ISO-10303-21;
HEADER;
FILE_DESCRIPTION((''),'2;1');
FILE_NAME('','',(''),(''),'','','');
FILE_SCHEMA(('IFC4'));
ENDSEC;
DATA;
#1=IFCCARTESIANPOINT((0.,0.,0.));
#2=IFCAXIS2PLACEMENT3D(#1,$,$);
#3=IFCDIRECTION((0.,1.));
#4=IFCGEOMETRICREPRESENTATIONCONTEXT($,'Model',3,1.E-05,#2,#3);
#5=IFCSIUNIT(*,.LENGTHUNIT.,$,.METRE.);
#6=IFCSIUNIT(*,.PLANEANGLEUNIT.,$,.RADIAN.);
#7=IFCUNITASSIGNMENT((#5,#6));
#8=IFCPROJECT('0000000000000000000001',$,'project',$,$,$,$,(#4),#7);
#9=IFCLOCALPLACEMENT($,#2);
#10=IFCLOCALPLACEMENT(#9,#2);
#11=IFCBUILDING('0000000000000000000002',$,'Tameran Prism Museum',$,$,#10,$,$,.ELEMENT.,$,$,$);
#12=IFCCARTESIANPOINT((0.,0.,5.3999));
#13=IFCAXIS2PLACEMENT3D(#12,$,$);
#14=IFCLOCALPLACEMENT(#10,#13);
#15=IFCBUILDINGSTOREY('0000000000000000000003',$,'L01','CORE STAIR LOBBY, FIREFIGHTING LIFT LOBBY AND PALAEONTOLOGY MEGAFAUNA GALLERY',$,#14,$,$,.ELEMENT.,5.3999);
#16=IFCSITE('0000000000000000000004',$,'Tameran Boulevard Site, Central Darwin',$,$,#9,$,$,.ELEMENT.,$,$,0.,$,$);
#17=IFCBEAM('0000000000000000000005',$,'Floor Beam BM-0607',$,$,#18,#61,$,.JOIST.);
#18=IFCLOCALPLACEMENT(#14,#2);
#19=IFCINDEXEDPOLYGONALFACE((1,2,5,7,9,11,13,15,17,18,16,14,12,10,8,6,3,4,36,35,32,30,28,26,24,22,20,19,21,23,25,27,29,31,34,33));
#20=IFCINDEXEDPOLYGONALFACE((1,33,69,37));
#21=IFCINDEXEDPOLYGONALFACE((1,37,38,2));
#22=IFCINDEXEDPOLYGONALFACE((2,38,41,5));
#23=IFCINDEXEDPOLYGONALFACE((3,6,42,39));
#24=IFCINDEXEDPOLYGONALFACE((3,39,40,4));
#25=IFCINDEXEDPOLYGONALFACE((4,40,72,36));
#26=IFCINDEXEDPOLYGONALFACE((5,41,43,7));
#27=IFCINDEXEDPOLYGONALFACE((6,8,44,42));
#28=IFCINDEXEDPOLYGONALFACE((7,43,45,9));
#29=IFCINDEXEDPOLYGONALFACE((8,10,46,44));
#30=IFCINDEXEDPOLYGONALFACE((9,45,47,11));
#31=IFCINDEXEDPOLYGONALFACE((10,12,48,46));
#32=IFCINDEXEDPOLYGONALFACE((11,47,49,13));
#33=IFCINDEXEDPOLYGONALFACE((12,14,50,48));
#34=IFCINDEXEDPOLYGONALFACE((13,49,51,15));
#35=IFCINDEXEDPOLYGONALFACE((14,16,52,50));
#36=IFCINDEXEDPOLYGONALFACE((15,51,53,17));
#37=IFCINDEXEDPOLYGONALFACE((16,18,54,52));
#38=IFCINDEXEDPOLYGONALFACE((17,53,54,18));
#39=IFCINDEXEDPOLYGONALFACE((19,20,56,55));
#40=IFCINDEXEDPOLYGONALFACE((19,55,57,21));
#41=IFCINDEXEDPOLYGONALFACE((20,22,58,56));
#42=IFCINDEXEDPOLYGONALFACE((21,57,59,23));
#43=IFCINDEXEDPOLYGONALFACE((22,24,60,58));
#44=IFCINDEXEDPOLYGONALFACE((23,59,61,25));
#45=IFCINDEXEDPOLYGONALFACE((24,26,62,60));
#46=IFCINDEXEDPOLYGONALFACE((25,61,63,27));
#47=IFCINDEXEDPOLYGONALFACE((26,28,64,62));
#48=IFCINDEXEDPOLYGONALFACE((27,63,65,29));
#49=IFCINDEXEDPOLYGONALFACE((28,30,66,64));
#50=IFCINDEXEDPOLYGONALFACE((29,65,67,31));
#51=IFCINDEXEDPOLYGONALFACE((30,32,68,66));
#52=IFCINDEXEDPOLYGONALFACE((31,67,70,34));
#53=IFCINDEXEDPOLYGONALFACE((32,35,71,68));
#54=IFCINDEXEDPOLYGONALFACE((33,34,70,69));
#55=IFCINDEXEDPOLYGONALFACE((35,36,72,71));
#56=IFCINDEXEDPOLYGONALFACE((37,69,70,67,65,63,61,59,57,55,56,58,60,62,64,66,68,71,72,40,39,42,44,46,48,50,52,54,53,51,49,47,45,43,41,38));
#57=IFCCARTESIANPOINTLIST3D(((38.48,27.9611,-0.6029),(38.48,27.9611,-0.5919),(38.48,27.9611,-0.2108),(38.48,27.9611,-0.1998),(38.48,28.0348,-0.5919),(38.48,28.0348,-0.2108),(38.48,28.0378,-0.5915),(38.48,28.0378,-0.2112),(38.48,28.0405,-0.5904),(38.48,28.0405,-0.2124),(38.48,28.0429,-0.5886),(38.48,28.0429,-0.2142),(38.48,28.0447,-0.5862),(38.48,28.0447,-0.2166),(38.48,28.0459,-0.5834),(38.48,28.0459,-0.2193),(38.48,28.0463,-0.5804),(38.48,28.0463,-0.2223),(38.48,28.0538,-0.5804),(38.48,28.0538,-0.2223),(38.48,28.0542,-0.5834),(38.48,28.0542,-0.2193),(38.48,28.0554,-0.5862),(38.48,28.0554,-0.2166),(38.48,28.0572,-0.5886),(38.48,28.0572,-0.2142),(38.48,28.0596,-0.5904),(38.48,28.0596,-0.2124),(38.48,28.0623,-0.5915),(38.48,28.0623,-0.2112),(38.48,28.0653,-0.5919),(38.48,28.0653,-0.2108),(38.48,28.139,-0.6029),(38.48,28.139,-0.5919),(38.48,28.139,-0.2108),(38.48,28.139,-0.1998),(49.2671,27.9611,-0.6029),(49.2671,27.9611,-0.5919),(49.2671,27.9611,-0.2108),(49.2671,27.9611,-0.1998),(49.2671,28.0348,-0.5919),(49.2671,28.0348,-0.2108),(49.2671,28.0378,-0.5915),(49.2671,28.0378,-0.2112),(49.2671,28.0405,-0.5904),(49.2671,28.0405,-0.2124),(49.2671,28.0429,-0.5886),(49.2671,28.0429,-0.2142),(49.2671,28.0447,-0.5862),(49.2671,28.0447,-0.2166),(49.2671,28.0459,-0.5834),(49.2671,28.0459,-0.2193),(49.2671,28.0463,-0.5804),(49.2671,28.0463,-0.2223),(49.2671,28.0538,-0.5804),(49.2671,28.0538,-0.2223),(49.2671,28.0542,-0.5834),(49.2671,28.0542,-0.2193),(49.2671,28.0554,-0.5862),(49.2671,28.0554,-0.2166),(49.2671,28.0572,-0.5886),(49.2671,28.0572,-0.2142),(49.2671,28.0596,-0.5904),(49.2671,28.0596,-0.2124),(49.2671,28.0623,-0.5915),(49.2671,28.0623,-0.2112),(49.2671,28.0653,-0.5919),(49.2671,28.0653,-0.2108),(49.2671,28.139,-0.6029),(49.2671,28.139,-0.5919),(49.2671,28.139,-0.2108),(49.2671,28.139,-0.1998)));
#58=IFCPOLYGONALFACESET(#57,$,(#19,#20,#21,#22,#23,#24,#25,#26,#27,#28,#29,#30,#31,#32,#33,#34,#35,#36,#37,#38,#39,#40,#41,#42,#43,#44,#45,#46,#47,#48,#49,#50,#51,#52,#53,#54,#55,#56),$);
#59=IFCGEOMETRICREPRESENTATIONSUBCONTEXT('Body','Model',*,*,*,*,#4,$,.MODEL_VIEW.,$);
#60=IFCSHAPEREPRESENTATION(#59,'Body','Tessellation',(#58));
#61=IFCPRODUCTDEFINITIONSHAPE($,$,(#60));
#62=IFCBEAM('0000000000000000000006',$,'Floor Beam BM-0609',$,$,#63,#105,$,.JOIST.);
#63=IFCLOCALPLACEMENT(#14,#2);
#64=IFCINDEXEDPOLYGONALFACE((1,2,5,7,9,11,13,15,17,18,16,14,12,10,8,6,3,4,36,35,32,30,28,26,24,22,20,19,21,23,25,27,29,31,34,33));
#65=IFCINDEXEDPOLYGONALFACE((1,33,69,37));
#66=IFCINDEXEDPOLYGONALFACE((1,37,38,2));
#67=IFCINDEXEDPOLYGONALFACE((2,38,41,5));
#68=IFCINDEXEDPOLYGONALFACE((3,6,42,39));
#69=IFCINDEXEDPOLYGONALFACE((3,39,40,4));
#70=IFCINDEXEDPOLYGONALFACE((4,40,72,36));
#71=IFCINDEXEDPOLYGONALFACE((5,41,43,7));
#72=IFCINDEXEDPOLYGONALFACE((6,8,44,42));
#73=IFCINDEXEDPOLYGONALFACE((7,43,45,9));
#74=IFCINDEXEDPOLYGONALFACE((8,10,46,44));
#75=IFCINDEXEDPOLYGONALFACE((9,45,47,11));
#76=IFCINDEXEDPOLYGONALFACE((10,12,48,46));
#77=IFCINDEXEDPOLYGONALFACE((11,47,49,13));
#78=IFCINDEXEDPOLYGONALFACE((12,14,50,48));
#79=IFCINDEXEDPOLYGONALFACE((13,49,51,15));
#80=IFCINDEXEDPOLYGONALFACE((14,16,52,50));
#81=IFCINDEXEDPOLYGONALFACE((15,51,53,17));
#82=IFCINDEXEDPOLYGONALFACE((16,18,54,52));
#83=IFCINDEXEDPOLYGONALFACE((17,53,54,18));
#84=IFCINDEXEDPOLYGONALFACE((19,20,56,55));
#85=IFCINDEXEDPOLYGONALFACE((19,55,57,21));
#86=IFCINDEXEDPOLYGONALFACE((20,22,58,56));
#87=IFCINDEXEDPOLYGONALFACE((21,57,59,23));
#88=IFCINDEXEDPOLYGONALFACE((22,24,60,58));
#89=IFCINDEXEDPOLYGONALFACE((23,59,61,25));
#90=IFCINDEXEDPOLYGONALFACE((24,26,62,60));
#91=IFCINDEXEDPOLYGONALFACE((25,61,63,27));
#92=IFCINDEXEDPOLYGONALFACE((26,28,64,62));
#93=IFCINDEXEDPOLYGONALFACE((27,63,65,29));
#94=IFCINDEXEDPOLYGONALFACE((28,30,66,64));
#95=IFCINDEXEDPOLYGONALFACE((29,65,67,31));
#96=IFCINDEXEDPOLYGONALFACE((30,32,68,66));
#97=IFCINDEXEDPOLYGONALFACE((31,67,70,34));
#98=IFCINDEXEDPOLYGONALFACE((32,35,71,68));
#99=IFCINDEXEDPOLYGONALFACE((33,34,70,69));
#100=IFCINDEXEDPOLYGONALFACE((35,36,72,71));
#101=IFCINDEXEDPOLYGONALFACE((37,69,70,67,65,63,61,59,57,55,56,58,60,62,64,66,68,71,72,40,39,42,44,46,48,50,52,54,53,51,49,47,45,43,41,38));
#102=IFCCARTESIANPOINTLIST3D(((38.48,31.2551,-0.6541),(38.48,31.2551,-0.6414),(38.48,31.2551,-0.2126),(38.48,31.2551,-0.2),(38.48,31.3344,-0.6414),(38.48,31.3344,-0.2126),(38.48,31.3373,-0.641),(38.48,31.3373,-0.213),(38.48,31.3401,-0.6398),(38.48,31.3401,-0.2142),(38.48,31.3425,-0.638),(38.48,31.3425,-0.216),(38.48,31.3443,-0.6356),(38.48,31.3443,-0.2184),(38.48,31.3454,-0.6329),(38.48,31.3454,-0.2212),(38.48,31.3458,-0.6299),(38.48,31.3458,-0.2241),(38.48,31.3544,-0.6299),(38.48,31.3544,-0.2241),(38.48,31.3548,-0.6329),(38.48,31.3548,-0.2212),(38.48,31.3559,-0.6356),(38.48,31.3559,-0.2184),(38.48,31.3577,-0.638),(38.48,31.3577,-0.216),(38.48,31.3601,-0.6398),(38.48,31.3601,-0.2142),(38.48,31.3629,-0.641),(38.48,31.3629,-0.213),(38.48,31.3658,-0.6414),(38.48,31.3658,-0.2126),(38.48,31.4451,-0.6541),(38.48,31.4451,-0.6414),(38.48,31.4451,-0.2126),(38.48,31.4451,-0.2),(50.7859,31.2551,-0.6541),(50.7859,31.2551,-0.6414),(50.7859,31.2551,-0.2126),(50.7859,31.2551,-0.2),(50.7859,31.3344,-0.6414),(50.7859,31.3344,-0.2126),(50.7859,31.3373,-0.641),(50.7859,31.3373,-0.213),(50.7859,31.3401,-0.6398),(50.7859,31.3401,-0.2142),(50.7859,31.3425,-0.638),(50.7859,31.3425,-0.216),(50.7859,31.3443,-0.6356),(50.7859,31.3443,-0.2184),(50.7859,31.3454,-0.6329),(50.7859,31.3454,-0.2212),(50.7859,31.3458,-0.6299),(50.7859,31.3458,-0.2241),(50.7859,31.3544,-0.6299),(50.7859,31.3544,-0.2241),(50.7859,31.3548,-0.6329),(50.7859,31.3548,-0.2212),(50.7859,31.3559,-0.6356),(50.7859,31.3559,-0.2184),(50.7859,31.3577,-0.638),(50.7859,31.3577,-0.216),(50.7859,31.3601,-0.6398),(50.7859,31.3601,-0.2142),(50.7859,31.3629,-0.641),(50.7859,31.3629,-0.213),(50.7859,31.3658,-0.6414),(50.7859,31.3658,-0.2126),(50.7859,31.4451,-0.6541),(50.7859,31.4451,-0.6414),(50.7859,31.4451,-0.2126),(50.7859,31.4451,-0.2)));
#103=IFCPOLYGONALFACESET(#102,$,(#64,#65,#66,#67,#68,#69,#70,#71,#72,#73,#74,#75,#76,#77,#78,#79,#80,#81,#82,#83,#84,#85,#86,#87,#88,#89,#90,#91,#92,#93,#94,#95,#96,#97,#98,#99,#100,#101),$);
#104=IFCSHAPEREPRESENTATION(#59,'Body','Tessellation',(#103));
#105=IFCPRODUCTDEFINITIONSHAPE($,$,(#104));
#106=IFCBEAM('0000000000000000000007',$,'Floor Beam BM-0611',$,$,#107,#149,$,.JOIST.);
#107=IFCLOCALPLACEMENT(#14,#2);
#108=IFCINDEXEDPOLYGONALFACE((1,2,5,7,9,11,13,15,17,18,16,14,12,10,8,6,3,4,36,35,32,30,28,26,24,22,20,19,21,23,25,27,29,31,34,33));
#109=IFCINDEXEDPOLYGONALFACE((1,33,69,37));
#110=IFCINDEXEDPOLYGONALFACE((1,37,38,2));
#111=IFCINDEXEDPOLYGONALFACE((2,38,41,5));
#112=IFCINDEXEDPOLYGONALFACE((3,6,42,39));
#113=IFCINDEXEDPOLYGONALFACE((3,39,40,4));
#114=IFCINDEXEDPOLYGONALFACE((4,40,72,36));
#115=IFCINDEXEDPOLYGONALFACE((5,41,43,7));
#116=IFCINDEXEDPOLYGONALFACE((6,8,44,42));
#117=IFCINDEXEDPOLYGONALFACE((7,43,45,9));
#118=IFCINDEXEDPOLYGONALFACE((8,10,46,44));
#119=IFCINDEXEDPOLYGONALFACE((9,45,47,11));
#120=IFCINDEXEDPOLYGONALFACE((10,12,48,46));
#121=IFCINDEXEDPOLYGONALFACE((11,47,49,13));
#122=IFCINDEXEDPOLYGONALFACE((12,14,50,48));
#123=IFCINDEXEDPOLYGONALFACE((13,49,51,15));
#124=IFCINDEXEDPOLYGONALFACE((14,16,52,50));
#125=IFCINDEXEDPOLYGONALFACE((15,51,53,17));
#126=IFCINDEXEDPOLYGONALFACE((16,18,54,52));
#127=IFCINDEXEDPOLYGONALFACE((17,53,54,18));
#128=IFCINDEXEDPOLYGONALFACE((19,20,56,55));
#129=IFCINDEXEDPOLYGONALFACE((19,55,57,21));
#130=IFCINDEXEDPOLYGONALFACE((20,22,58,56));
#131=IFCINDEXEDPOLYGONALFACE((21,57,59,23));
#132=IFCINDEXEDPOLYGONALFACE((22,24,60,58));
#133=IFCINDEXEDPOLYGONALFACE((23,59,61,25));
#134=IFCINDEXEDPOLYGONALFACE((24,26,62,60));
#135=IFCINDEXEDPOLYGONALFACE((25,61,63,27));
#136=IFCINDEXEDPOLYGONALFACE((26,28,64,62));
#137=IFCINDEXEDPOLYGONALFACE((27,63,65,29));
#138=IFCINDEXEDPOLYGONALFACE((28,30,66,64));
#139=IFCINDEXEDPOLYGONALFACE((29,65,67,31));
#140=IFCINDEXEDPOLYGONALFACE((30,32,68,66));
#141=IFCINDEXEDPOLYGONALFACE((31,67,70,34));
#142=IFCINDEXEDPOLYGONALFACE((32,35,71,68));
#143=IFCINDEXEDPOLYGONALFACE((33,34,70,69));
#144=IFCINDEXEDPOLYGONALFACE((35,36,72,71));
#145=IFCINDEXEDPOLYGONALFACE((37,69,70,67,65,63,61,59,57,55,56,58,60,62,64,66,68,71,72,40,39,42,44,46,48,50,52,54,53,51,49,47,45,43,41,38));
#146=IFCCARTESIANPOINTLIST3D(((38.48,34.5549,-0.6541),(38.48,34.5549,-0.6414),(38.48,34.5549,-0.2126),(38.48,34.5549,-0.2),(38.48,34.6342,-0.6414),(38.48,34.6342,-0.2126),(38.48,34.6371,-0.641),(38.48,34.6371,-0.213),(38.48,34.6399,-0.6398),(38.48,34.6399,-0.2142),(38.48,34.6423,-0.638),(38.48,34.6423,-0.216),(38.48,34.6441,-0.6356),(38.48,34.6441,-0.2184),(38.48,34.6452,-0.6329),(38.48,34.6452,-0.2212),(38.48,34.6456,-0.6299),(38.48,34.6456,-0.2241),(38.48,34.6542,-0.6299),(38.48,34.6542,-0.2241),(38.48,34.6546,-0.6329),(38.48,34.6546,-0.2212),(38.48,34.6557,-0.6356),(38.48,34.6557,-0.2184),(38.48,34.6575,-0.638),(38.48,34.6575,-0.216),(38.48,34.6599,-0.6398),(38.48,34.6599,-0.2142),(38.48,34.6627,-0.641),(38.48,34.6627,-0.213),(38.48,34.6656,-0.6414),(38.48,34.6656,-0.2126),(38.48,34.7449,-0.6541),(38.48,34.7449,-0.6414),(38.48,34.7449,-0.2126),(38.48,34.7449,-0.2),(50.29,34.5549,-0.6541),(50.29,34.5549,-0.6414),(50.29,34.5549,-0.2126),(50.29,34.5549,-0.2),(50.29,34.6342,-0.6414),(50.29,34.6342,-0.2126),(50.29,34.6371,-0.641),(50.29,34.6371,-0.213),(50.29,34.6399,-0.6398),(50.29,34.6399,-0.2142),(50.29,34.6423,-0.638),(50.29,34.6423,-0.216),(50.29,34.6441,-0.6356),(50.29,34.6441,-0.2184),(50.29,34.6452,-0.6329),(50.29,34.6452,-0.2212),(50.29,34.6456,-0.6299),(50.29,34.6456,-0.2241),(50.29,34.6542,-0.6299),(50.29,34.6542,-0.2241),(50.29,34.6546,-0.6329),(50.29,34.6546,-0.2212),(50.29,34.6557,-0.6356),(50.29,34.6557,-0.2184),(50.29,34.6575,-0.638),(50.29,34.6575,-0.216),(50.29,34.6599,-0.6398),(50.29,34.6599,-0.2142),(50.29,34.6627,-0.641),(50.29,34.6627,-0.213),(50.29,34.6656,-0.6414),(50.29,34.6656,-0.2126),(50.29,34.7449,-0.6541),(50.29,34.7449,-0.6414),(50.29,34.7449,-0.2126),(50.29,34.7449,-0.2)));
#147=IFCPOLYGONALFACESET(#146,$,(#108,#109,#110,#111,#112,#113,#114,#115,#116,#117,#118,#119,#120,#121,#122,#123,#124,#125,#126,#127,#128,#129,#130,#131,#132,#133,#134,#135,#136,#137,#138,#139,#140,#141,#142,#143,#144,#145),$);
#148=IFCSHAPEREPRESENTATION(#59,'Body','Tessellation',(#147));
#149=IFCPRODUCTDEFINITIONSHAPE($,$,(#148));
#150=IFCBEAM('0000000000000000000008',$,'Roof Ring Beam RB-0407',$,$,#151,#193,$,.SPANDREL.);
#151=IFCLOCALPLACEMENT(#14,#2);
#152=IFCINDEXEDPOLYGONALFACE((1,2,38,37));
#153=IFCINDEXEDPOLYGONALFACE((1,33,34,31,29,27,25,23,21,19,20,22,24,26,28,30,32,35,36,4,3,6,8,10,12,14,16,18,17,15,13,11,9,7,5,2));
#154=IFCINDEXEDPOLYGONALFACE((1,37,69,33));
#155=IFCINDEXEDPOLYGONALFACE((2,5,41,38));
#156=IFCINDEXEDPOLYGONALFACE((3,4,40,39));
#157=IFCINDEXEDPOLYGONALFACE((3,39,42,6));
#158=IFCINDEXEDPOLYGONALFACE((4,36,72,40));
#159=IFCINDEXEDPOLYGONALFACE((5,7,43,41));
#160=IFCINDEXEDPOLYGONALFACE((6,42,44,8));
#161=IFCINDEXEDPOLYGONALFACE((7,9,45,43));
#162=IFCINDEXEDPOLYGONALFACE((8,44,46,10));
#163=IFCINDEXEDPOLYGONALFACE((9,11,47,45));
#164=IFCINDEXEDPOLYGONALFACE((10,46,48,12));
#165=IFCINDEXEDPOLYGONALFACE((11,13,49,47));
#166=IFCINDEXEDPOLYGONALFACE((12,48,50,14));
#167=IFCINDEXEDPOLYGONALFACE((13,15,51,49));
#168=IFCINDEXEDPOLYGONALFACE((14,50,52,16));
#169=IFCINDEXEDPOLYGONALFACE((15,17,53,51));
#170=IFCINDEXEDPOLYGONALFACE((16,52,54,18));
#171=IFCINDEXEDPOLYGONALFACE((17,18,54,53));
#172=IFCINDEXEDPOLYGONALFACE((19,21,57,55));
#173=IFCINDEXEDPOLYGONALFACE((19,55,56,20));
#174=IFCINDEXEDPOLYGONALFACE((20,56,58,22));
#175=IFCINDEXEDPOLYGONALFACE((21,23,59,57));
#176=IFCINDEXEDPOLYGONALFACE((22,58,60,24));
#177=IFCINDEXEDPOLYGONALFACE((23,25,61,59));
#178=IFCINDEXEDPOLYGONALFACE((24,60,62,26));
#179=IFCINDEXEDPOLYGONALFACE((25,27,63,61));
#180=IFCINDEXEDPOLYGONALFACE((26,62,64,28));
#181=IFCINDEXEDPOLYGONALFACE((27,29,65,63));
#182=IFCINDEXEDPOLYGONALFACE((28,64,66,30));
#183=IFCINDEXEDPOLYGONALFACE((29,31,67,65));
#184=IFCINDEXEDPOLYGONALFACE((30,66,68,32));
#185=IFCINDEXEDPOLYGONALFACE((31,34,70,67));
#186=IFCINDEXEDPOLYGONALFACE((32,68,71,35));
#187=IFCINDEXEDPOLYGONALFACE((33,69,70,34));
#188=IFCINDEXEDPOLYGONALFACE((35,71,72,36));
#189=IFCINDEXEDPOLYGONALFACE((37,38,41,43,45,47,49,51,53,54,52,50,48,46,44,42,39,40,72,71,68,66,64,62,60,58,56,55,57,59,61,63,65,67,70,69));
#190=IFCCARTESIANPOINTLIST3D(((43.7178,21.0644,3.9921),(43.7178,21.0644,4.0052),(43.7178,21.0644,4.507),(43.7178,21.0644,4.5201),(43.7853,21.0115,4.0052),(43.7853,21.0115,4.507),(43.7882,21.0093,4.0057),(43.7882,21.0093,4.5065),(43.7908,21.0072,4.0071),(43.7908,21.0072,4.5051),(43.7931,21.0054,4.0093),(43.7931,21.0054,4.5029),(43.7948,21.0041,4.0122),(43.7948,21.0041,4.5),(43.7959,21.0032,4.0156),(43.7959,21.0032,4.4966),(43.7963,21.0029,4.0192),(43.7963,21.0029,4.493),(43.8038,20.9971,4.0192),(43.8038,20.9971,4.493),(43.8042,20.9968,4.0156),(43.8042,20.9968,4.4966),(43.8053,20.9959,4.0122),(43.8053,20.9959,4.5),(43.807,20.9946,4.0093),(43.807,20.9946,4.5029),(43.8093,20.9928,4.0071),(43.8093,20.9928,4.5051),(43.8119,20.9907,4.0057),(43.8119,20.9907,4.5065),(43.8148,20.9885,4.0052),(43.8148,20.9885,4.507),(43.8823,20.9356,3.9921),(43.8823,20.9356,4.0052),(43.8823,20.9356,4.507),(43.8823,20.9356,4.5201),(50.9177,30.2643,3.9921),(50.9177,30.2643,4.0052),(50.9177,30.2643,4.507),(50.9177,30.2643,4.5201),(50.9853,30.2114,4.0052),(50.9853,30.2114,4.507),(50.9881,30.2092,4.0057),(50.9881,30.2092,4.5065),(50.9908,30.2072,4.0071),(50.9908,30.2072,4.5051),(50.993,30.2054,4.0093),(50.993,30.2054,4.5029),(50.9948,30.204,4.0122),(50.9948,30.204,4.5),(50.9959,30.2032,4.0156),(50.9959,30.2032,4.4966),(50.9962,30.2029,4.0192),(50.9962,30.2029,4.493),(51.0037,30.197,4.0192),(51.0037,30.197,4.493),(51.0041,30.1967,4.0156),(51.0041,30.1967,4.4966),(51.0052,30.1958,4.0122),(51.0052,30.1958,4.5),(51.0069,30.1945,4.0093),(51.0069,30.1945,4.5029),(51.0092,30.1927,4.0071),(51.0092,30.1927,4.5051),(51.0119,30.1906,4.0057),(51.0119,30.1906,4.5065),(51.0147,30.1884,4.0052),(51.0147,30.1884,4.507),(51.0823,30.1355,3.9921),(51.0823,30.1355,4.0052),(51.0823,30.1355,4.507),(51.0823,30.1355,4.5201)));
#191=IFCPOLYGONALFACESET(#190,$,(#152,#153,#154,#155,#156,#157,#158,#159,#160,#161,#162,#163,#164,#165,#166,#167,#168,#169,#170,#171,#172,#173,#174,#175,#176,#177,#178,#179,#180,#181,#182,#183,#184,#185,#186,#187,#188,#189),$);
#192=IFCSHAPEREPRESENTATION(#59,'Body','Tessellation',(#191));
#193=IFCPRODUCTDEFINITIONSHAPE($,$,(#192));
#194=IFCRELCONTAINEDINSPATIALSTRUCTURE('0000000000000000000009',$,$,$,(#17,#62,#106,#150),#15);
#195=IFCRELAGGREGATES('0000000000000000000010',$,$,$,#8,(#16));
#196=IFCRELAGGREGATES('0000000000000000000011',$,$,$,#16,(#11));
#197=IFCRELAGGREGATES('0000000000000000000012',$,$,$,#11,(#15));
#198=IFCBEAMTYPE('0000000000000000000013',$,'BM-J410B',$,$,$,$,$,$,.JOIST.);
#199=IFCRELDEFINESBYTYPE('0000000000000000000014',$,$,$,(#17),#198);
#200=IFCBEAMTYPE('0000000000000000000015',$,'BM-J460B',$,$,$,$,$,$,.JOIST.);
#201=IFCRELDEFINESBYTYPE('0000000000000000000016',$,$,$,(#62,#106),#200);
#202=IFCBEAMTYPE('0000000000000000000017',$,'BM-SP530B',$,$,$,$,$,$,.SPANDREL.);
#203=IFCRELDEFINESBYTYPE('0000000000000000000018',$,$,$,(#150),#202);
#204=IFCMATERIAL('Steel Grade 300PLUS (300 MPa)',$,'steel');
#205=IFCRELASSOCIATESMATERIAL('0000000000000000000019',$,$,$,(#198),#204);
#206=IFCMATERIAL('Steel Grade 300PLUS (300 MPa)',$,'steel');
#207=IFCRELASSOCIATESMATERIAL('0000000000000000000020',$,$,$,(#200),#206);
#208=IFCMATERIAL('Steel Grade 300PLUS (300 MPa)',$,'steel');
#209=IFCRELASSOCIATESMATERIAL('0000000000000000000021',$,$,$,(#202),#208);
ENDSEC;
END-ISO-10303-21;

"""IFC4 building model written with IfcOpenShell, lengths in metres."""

from ifc_helpers import new_model, si_unit, direction, frame, origin, origin_2d, place, context, subcontext, project, spatial, i_section, extrude, material, material_profile, profile_set, type_object, element, save


model = new_model("IFC4")

# Units and contexts
model_context = context("Model", 3, precision=1e-05, world=origin(), true_north=direction((0.0, 1.0)))
body_context = subcontext(model_context, "Body", "Model", "MODEL_VIEW")
ifc_project = project(units=[si_unit("LENGTHUNIT", "METRE"), si_unit("PLANEANGLEUNIT", "RADIAN")], contexts=[model_context])

# Site, building, storey
site_placement = place(None, origin())
site = spatial("IfcSite", under=ifc_project, at=site_placement, Name="Tameran Boulevard Site, Central Darwin", CompositionType="ELEMENT", RefElevation=0.0)
building_placement = place(site_placement, origin())
building = spatial("IfcBuilding", under=site, at=building_placement, Name="Tameran Prism Museum", CompositionType="ELEMENT")
storey_placement = place(building_placement, frame((0.0, 0.0, 5.3999)))
storey = spatial("IfcBuildingStorey", under=building, at=storey_placement, Name="L01", Description="CORE STAIR LOBBY, FIREFIGHTING LIFT LOBBY AND PALAEONTOLOGY MEGAFAUNA GALLERY", CompositionType="ELEMENT", Elevation=5.3999)

# Beams
ifc_material_1 = material(Name="Steel Grade 300PLUS (300 MPa)", Category="steel")
ifc_material_profile_1 = material_profile(ifc_material_1, i_section(OverallWidth=0.178, OverallDepth=0.4031, WebThickness=0.0076, FlangeThickness=0.011, FilletRadius=0.0115, at=origin_2d()))
ifc_profile_set_1 = profile_set([ifc_material_profile_1])
beam_type_1 = type_object("IfcBeamType", Name="BM-J410B", PredefinedType="JOIST", material=ifc_profile_set_1)
beam_1_placement = place(storey_placement, frame((38.48, 28.05, -0.4014), z_axis=(1.0, 0.0, 0.0), x_axis=(0.0, 1.0, 0.0)))
element("IfcBeam", 1, at=beam_1_placement, inside=storey, type_object=beam_type_1, Name="Floor Beam BM-0607", PredefinedType="JOIST", context=body_context, shape_type="SweptSolid", body=[
    extrude(i_section(OverallWidth=0.178, OverallDepth=0.4031, WebThickness=0.0076, FlangeThickness=0.011, FilletRadius=0.0115, at=origin_2d()), origin(), (0.0, 0.0, 1.0), 10.7871),
])
ifc_material_2 = material(Name="Steel Grade 300PLUS (300 MPa)", Category="steel")
ifc_material_profile_2 = material_profile(ifc_material_2, i_section(OverallWidth=0.1899, OverallDepth=0.4541, WebThickness=0.0085, FlangeThickness=0.0127, FilletRadius=0.0115, at=origin_2d()))
ifc_profile_set_2 = profile_set([ifc_material_profile_2])
beam_type_2 = type_object("IfcBeamType", Name="BM-J460B", PredefinedType="JOIST", material=ifc_profile_set_2)
beam_2_placement = place(storey_placement, frame((38.48, 31.3501, -0.427), z_axis=(1.0, 0.0, 0.0), x_axis=(0.0, 1.0, 0.0)))
element("IfcBeam", 2, at=beam_2_placement, inside=storey, type_object=beam_type_2, Name="Floor Beam BM-0609", PredefinedType="JOIST", context=body_context, shape_type="SweptSolid", body=[
    extrude(i_section(OverallWidth=0.1899, OverallDepth=0.4541, WebThickness=0.0085, FlangeThickness=0.0127, FilletRadius=0.0115, at=origin_2d()), origin(), (0.0, 0.0, 1.0), 12.3059),
])
beam_3_placement = place(storey_placement, frame((38.48, 34.6499, -0.427), z_axis=(1.0, 0.0, 0.0), x_axis=(0.0, 1.0, 0.0)))
element("IfcBeam", 3, at=beam_3_placement, inside=storey, type_object=beam_type_2, Name="Floor Beam BM-0611", PredefinedType="JOIST", context=body_context, shape_type="SweptSolid", body=[
    extrude(i_section(OverallWidth=0.1899, OverallDepth=0.4541, WebThickness=0.0085, FlangeThickness=0.0127, FilletRadius=0.0115, at=origin_2d()), origin(), (0.0, 0.0, 1.0), 11.8101),
])
ifc_material_3 = material(Name="Steel Grade 300PLUS (300 MPa)", Category="steel")
ifc_material_profile_3 = material_profile(ifc_material_3, i_section(OverallWidth=0.209, OverallDepth=0.5281, WebThickness=0.0095, FlangeThickness=0.0132, FilletRadius=0.0139, at=origin_2d()))
ifc_profile_set_3 = profile_set([ifc_material_profile_3])
beam_type_3 = type_object("IfcBeamType", Name="BM-SP530B", PredefinedType="SPANDREL", material=ifc_profile_set_3)
beam_4_placement = place(storey_placement, frame((43.8, 21.0, 4.2561), z_axis=(0.616308, 0.787505, 0.0), x_axis=(-0.787505, 0.616308, 0.0)))
element("IfcBeam", 4, at=beam_4_placement, inside=storey, type_object=beam_type_3, Name="Roof Ring Beam RB-0407", PredefinedType="SPANDREL", context=body_context, shape_type="SweptSolid", body=[
    extrude(i_section(OverallWidth=0.209, OverallDepth=0.5281, WebThickness=0.0095, FlangeThickness=0.0132, FilletRadius=0.0139, at=origin_2d()), origin(), (0.0, 0.0, 1.0), 11.6824),
])

save(model, "model.ifc")
